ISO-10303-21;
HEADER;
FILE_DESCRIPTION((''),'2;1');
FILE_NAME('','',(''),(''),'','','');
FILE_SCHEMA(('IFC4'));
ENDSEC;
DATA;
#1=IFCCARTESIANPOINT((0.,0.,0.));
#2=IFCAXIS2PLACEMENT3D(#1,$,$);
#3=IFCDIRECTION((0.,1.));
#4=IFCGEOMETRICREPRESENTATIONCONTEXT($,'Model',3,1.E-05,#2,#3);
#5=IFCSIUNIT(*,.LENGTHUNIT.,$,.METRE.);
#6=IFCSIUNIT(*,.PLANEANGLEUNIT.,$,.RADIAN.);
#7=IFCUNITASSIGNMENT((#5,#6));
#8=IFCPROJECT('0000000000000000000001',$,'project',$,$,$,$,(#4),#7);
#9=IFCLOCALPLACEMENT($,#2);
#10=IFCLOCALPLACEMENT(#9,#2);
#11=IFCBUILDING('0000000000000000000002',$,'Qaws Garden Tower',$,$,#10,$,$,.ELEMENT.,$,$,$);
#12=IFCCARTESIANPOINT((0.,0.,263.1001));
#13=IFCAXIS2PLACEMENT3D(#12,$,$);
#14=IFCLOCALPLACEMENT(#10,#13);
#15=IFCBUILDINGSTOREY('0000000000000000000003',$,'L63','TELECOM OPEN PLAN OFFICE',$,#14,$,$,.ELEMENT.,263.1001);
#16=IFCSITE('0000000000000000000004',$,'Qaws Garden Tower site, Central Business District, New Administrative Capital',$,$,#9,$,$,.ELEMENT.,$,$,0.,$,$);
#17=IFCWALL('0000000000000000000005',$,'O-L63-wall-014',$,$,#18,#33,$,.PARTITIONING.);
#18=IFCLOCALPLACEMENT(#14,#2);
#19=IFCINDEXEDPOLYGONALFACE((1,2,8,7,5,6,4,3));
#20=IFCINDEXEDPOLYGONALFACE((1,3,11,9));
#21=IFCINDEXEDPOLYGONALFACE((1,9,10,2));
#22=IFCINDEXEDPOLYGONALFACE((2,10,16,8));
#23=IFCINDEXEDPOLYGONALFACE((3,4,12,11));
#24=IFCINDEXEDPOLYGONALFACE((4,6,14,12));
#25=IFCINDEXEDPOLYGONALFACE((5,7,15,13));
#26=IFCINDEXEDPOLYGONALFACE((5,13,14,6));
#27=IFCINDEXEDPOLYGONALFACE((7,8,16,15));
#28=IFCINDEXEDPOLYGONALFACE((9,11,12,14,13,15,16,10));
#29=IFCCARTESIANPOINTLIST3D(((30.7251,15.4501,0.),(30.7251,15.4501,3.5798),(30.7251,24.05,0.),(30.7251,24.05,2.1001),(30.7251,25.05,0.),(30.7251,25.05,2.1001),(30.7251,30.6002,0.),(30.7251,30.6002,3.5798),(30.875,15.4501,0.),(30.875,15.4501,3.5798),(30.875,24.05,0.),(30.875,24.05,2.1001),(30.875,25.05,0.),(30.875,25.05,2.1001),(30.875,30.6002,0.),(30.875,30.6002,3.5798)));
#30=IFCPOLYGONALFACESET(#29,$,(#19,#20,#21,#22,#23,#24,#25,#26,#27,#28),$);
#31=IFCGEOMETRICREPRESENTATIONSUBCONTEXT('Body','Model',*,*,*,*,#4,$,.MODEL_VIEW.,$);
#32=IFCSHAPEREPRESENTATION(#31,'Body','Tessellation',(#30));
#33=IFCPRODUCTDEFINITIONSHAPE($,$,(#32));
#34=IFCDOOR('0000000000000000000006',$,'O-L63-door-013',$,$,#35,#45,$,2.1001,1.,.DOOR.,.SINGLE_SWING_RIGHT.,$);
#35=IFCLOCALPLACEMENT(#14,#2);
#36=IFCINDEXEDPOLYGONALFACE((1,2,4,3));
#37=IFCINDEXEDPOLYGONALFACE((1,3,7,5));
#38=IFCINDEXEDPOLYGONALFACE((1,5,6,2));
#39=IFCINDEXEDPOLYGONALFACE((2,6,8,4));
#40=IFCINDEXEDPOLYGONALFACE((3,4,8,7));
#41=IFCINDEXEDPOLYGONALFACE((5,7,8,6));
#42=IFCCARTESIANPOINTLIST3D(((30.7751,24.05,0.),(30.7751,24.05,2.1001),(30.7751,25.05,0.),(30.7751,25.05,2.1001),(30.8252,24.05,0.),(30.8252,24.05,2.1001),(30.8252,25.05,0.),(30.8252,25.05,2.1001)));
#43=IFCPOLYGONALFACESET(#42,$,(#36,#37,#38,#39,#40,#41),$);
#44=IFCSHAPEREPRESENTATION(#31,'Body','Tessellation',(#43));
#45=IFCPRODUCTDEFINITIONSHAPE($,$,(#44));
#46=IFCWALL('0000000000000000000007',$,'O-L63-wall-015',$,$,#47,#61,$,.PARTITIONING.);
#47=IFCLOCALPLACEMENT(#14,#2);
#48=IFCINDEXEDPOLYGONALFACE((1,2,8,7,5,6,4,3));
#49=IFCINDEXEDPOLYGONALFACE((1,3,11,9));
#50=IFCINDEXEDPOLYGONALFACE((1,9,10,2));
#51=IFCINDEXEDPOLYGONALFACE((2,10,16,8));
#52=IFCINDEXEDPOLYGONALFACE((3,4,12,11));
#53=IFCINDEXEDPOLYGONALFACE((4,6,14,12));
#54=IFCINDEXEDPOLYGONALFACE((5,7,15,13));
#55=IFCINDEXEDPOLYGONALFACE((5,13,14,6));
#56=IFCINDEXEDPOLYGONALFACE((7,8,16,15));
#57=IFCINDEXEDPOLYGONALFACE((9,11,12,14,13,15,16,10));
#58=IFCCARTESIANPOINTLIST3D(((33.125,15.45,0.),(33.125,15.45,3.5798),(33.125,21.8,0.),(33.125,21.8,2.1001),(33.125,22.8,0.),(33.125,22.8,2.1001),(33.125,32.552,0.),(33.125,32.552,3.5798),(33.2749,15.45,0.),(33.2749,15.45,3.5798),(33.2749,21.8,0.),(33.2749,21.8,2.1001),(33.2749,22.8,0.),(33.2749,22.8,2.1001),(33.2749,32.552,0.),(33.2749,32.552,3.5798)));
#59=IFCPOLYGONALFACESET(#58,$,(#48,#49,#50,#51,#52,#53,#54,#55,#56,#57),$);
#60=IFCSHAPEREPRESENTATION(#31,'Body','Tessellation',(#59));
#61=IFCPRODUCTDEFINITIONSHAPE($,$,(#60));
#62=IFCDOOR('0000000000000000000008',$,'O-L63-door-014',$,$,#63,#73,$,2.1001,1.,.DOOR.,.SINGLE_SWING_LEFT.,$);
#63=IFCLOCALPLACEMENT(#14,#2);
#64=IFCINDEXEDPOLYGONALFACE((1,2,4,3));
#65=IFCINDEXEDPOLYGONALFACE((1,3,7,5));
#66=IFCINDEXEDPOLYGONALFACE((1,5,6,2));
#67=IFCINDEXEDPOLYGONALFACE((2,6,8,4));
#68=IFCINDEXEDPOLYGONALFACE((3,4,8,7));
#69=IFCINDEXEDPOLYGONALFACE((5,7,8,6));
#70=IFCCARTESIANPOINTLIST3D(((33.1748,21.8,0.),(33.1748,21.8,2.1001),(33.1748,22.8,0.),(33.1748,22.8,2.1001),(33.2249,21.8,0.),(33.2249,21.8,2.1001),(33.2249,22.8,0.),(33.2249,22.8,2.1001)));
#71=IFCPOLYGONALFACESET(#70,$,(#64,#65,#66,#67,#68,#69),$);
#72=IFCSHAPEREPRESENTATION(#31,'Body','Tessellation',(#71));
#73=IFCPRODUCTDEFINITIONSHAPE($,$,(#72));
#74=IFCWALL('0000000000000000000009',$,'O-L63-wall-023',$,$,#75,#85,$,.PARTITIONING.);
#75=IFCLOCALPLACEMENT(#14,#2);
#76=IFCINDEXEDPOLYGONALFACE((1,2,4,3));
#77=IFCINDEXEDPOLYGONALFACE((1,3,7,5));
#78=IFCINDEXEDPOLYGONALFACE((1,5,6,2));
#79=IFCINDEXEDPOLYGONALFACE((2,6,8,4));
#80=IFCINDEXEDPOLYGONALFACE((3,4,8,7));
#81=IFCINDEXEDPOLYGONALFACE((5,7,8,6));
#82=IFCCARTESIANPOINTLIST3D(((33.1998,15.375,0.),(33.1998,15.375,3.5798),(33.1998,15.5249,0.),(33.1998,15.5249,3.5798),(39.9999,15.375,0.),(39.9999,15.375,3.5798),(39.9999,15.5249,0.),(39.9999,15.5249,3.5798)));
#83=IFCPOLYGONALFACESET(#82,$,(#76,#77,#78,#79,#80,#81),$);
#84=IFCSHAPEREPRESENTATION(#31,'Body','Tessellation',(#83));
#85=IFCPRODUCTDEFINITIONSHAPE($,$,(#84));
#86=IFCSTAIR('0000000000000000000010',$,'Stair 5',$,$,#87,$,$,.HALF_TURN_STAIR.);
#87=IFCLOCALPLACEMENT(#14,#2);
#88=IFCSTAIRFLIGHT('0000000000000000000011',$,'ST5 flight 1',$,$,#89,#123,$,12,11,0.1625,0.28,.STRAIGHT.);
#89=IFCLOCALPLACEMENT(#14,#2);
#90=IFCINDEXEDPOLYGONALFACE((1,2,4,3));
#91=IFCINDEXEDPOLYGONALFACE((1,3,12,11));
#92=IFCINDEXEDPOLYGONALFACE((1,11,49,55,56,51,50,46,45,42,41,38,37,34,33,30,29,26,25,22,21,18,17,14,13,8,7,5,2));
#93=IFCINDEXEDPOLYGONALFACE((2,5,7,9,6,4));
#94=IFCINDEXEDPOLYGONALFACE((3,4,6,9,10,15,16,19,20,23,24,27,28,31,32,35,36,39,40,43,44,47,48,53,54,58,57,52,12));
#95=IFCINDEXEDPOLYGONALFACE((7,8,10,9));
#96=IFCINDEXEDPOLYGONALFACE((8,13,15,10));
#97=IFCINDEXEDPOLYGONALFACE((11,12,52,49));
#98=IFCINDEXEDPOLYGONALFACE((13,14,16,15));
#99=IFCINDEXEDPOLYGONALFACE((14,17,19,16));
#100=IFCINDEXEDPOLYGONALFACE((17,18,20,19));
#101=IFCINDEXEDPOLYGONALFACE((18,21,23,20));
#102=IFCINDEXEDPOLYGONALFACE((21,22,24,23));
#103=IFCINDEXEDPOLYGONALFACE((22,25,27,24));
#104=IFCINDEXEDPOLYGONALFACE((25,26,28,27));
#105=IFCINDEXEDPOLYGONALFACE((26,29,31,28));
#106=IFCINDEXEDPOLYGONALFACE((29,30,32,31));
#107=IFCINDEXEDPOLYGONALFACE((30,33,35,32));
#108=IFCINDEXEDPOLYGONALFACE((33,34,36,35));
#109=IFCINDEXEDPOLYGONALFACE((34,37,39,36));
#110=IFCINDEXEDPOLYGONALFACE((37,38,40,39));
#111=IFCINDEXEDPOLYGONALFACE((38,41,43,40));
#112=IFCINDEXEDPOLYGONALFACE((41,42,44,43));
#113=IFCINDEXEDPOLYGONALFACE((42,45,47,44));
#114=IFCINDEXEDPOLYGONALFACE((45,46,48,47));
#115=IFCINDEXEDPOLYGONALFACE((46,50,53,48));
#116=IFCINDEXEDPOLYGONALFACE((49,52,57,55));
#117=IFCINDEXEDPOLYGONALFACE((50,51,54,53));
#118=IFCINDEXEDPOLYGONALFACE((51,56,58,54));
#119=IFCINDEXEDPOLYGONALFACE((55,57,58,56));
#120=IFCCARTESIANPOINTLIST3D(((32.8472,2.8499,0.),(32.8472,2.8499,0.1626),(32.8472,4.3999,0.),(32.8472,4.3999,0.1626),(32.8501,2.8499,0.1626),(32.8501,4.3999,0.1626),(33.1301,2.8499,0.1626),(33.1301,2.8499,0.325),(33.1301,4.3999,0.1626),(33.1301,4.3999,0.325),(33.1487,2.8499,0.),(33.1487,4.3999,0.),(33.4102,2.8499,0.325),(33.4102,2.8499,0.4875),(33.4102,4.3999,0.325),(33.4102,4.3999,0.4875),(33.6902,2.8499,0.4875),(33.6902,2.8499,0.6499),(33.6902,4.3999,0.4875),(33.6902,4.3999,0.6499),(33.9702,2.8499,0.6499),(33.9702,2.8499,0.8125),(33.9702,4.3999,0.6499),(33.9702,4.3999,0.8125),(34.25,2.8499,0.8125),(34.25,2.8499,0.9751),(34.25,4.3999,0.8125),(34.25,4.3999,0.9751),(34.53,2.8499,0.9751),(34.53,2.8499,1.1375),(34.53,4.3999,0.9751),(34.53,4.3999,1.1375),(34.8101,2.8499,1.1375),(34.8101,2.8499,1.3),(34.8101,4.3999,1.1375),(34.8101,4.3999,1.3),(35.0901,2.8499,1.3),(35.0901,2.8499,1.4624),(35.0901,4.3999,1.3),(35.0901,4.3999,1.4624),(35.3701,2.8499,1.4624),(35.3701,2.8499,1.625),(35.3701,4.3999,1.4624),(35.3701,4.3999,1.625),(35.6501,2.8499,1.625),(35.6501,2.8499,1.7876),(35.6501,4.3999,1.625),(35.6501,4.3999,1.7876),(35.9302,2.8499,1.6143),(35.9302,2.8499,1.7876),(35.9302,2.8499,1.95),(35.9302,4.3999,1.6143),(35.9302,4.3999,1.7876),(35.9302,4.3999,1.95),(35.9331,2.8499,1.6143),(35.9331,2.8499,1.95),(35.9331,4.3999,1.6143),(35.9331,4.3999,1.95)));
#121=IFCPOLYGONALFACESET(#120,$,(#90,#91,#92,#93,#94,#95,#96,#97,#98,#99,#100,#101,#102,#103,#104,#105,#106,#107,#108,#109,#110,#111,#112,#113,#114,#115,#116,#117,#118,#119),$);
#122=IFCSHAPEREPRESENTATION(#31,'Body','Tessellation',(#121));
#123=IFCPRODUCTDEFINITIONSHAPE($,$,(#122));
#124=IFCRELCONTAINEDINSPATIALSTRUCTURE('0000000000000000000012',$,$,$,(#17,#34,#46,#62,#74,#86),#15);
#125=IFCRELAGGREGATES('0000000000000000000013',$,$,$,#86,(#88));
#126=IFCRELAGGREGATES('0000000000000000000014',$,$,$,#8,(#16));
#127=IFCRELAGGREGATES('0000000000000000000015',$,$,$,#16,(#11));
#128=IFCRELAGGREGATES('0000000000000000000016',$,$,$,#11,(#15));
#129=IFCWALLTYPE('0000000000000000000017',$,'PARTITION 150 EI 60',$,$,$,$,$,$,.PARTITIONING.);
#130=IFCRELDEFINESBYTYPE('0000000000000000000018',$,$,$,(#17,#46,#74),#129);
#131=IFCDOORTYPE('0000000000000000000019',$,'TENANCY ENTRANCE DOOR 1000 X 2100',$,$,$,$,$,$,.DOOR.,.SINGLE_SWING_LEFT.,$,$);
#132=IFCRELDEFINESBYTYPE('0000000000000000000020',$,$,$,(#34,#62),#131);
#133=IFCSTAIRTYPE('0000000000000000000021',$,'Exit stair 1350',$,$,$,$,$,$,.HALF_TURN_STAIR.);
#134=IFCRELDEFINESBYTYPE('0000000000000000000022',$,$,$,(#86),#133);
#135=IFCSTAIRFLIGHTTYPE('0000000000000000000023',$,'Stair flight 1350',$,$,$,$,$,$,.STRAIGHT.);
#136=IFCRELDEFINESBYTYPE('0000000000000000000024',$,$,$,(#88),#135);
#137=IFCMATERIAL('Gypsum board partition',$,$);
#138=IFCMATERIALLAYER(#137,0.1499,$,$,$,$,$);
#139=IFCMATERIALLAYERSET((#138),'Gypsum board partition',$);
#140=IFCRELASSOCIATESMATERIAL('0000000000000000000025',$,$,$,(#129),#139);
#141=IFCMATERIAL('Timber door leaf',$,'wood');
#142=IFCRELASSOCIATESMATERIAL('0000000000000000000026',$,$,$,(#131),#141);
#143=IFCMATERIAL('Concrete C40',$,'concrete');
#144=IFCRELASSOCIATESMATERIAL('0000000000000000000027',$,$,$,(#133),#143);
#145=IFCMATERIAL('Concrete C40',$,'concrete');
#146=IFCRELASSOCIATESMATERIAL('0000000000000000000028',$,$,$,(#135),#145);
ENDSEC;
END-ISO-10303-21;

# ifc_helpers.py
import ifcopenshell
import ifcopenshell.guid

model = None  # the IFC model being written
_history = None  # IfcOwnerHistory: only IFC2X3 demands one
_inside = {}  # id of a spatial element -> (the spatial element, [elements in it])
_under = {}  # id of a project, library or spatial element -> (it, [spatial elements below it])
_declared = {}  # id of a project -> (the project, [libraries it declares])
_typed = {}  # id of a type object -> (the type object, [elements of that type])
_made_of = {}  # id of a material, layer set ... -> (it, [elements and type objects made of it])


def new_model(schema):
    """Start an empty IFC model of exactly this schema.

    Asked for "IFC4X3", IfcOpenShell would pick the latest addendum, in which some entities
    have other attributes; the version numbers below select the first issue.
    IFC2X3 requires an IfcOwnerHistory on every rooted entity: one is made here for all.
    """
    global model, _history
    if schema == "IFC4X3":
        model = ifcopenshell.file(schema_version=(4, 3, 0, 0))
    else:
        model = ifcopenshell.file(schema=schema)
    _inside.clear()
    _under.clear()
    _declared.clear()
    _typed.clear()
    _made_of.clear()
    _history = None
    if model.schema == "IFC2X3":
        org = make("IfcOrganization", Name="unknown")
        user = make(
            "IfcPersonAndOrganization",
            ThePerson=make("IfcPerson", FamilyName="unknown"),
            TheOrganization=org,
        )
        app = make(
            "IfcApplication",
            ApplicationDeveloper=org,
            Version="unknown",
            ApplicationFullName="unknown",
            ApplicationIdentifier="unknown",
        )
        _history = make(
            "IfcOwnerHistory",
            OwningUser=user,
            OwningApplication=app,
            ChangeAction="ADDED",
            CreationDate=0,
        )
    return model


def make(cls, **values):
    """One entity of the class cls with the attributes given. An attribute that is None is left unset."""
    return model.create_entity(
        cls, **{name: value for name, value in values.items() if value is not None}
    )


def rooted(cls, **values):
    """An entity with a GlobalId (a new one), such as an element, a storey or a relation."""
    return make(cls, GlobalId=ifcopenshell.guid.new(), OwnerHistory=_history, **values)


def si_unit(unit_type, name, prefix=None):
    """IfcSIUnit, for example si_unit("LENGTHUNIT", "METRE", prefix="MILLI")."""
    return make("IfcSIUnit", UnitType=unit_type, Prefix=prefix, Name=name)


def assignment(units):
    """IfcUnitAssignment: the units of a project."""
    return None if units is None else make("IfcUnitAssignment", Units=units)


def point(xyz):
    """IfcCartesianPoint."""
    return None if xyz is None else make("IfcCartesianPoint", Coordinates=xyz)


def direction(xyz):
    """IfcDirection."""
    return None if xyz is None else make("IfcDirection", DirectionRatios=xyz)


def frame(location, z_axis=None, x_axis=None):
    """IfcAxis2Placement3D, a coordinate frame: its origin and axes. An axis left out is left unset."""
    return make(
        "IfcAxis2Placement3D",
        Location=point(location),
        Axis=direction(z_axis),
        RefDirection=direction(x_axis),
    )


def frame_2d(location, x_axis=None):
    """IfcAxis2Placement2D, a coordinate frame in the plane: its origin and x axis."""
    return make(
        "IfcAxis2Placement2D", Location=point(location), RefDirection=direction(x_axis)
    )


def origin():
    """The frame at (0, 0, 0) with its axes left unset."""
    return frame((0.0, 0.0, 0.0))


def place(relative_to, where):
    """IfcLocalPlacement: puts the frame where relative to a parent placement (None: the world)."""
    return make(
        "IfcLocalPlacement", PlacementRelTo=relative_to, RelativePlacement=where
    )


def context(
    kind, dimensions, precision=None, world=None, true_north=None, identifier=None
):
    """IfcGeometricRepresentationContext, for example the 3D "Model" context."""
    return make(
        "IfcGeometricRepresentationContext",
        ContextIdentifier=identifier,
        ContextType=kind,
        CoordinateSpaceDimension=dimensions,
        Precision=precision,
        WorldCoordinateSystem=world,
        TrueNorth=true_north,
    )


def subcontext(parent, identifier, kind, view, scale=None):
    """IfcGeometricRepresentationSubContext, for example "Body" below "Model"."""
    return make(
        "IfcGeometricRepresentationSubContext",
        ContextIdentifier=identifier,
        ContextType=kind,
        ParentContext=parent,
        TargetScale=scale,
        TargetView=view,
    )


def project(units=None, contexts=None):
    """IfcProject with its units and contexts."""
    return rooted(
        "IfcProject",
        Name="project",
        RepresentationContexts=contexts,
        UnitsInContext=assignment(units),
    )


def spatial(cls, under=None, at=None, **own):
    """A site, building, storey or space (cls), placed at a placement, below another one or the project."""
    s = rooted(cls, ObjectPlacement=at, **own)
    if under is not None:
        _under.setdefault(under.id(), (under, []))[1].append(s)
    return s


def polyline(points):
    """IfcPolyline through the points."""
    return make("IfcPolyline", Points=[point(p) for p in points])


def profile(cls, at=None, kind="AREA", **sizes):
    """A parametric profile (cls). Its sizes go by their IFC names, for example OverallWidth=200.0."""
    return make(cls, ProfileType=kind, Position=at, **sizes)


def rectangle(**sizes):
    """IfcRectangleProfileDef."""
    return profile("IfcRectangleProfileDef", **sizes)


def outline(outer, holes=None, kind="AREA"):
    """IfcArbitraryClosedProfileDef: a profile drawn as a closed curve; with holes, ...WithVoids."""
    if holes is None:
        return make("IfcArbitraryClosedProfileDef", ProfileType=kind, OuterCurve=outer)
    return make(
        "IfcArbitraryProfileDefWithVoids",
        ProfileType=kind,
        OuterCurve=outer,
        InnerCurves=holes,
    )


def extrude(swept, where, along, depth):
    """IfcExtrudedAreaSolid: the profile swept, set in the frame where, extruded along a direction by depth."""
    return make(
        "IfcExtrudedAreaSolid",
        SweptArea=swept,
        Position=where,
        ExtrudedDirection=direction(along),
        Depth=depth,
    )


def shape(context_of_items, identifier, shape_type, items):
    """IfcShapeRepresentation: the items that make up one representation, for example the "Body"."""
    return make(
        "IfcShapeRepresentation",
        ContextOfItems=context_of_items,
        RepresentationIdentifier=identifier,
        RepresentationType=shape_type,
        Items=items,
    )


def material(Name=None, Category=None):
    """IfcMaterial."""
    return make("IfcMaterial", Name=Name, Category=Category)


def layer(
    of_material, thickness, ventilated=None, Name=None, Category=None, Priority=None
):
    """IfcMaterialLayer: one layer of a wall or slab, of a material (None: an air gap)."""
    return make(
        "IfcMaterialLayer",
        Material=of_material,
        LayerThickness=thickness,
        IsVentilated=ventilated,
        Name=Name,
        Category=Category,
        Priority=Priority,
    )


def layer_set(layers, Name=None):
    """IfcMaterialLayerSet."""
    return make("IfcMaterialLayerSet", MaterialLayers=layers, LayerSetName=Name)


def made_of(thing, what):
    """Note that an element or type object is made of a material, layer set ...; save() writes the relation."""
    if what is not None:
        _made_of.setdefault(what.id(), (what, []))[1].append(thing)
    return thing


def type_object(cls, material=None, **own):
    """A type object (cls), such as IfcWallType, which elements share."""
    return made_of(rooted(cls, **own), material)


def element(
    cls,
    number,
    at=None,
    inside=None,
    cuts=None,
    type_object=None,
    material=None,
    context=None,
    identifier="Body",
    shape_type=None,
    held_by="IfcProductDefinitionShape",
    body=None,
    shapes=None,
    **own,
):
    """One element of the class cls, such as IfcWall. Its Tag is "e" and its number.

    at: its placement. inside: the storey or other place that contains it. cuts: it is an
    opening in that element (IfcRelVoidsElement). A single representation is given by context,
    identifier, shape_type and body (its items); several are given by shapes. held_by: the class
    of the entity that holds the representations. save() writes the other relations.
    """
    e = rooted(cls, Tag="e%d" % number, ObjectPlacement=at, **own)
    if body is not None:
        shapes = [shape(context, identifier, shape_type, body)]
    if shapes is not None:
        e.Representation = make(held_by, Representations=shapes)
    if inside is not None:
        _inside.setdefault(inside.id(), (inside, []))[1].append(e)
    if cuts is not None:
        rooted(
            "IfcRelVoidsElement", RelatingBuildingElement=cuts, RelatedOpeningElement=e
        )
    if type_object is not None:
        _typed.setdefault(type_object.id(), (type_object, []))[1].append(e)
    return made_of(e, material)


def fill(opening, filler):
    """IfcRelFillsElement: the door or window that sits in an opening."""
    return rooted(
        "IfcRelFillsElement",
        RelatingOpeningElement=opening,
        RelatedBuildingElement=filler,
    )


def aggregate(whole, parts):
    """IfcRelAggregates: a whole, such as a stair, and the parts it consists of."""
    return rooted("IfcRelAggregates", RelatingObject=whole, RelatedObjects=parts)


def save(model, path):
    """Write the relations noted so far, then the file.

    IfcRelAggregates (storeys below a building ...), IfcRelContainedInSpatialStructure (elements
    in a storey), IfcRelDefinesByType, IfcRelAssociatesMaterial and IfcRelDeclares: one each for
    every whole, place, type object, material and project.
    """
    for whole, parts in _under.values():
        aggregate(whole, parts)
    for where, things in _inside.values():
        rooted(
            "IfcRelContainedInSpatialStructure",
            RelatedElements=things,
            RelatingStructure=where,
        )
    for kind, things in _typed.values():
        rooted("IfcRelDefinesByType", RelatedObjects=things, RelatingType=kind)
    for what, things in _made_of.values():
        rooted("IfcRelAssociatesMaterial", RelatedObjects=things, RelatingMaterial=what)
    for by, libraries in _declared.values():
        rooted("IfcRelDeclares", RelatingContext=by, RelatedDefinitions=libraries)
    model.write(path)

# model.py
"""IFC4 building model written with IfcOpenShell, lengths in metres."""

from ifc_helpers import new_model, si_unit, direction, frame, frame_2d, origin, place, context, subcontext, project, spatial, polyline, rectangle, outline, extrude, material, layer, layer_set, type_object, element, fill, aggregate, save


model = new_model("IFC4")

# Units and contexts
model_context = context("Model", 3, precision=1e-05, world=origin(), true_north=direction((0.0, 1.0)))
body_context = subcontext(model_context, "Body", "Model", "MODEL_VIEW")
ifc_project = project(units=[si_unit("LENGTHUNIT", "METRE"), si_unit("PLANEANGLEUNIT", "RADIAN")], contexts=[model_context])

# Site, building, storey
site_placement = place(None, origin())
site = spatial("IfcSite", under=ifc_project, at=site_placement, Name="Qaws Garden Tower site, Central Business District, New Administrative Capital", CompositionType="ELEMENT", RefElevation=0.0)
building_placement = place(site_placement, origin())
building = spatial("IfcBuilding", under=site, at=building_placement, Name="Qaws Garden Tower", CompositionType="ELEMENT")
storey_placement = place(building_placement, frame((0.0, 0.0, 263.1001)))
storey = spatial("IfcBuildingStorey", under=building, at=storey_placement, Name="L63", Description="TELECOM OPEN PLAN OFFICE", CompositionType="ELEMENT", Elevation=263.1001)

# Walls, openings, doors
ifc_material_1 = material(Name="Gypsum board partition")
ifc_layer_1 = layer(ifc_material_1, 0.1499)
ifc_layer_set_1 = layer_set([ifc_layer_1], Name="Gypsum board partition")
wall_type_1 = type_object("IfcWallType", Name="PARTITION 150 EI 60", PredefinedType="PARTITIONING", material=ifc_layer_set_1)
ifc_material_2 = material(Name="Timber door leaf", Category="wood")
door_type_1 = type_object("IfcDoorType", Name="TENANCY ENTRANCE DOOR 1000 X 2100", OperationType="SINGLE_SWING_LEFT", PredefinedType="DOOR", material=ifc_material_2)
wall_1_placement = place(storey_placement, frame((30.8, 15.45, 0.0), z_axis=(0.0, 0.0, 1.0), x_axis=(0.0, 1.0, 0.0)))
wall_1 = element("IfcWall", 1, at=wall_1_placement, inside=storey, type_object=wall_type_1, Name="O-L63-wall-014", PredefinedType="PARTITIONING", context=body_context, shape_type="SweptSolid", body=[
    extrude(rectangle(XDim=15.1501, YDim=0.1499, at=frame_2d((7.5752, 0.0))), origin(), (0.0, 0.0, 1.0), 3.5798),
])
opening_1_placement = place(wall_1_placement, frame((8.6001, 0.0, 0.0)))
opening_1 = element("IfcOpeningElement", 2, at=opening_1_placement, cuts=wall_1, PredefinedType="OPENING", context=body_context, shape_type="SweptSolid", body=[
    extrude(rectangle(XDim=1.0, YDim=2.1001, at=frame_2d((0.5, 1.05))), frame((0.0, 0.085, 0.0), z_axis=(0.0, -1.0, 0.0), x_axis=(1.0, 0.0, 0.0)), (0.0, 0.0, 1.0), 0.1699),
])
door_1_placement = place(opening_1_placement, origin())
door_1 = element("IfcDoor", 3, at=door_1_placement, inside=storey, type_object=door_type_1, Name="O-L63-door-013", OperationType="SINGLE_SWING_RIGHT", OverallHeight=2.1001, OverallWidth=1.0, PredefinedType="DOOR", context=body_context, shape_type="SweptSolid", body=[
    extrude(rectangle(XDim=1.0, YDim=2.1001, at=frame_2d((0.5, 1.05))), frame((0.0, 0.0249, 0.0), z_axis=(0.0, -1.0, 0.0), x_axis=(1.0, 0.0, 0.0)), (0.0, 0.0, 1.0), 0.05),
])
fill(opening_1, door_1)
wall_2_placement = place(storey_placement, frame((33.2, 15.45, 0.0), z_axis=(0.0, 0.0, 1.0), x_axis=(0.0, 1.0, 0.0)))
wall_2 = element("IfcWall", 4, at=wall_2_placement, inside=storey, type_object=wall_type_1, Name="O-L63-wall-015", PredefinedType="PARTITIONING", context=body_context, shape_type="SweptSolid", body=[
    extrude(rectangle(XDim=17.1021, YDim=0.1499, at=frame_2d((8.551, 0.0))), origin(), (0.0, 0.0, 1.0), 3.5798),
])
opening_2_placement = place(wall_2_placement, frame((6.3501, 0.0, 0.0)))
opening_2 = element("IfcOpeningElement", 5, at=opening_2_placement, cuts=wall_2, PredefinedType="OPENING", context=body_context, shape_type="SweptSolid", body=[
    extrude(rectangle(XDim=1.0, YDim=2.1001, at=frame_2d((0.5, 1.05))), frame((0.0, 0.085, 0.0), z_axis=(0.0, -1.0, 0.0), x_axis=(1.0, 0.0, 0.0)), (0.0, 0.0, 1.0), 0.1699),
])
door_2_placement = place(opening_2_placement, frame((1.0, 0.0, 0.0), z_axis=(0.0, 0.0, 1.0), x_axis=(-1.0, 0.0, 0.0)))
door_2 = element("IfcDoor", 6, at=door_2_placement, inside=storey, type_object=door_type_1, Name="O-L63-door-014", OperationType="SINGLE_SWING_LEFT", OverallHeight=2.1001, OverallWidth=1.0, PredefinedType="DOOR", context=body_context, shape_type="SweptSolid", body=[
    extrude(rectangle(XDim=1.0, YDim=2.1001, at=frame_2d((0.5, 1.05))), frame((0.0, 0.0249, 0.0), z_axis=(0.0, -1.0, 0.0), x_axis=(1.0, 0.0, 0.0)), (0.0, 0.0, 1.0), 0.05),
])
fill(opening_2, door_2)

# Wall
wall_3_placement = place(storey_placement, frame((33.2, 15.45, 0.0), z_axis=(0.0, 0.0, 1.0), x_axis=(1.0, 0.0, 0.0)))
element("IfcWall", 7, at=wall_3_placement, inside=storey, type_object=wall_type_1, Name="O-L63-wall-023", PredefinedType="PARTITIONING", context=body_context, shape_type="SweptSolid", body=[
    extrude(rectangle(XDim=6.8, YDim=0.1499, at=frame_2d((3.3999, 0.0))), origin(), (0.0, 0.0, 1.0), 3.5798),
])

# Stair, stair flight
ifc_material_3 = material(Name="Concrete C40", Category="concrete")
stair_type = type_object("IfcStairType", Name="Exit stair 1350", PredefinedType="HALF_TURN_STAIR", material=ifc_material_3)
stair_placement = place(storey_placement, origin())
stair = element("IfcStair", 8, at=stair_placement, inside=storey, type_object=stair_type, Name="Stair 5", PredefinedType="HALF_TURN_STAIR")
ifc_material_4 = material(Name="Concrete C40", Category="concrete")
stair_flight_type = type_object("IfcStairFlightType", Name="Stair flight 1350", PredefinedType="STRAIGHT", material=ifc_material_4)
stair_flight_placement = place(storey_placement, frame((32.8501, 3.625, 0.0), z_axis=(0.0, 0.0, 1.0), x_axis=(1.0, 0.0, 0.0)))
stair_flight = element("IfcStairFlight", 9, at=stair_flight_placement, type_object=stair_flight_type, Name="ST5 flight 1", NumberOfRisers=12, NumberOfTreads=11, PredefinedType="STRAIGHT", RiserHeight=0.1625, TreadLength=0.28, context=body_context, shape_type="SweptSolid", body=[
    extrude(outline(polyline([(-0.0029, 0.0), (-0.0029, 0.1626), (0.0, 0.1626), (0.28, 0.1626), (0.28, 0.325), (0.5601, 0.325), (0.5601, 0.4875), (0.8401, 0.4875), (0.8401, 0.6499), (1.1201, 0.6499), (1.1201, 0.8125), (1.3999, 0.8125), (1.3999, 0.9751), (1.6799, 0.9751), (1.6799, 1.1375), (1.96, 1.1375), (1.96, 1.3), (2.24, 1.3), (2.24, 1.4624), (2.52, 1.4624), (2.52, 1.625), (2.8, 1.625), (2.8, 1.7876), (3.0801, 1.7876), (3.0801, 1.95), (3.083, 1.95), (3.083, 1.6143), (3.0801, 1.6143), (0.2986, 0.0), (-0.0029, 0.0)])), frame((0.0, 0.7749, 0.0), z_axis=(0.0, -1.0, 0.0), x_axis=(1.0, 0.0, 0.0)), (0.0, 0.0, 1.0), 1.55),
])
aggregate(stair, [stair_flight])

save(model, "model.ifc")
